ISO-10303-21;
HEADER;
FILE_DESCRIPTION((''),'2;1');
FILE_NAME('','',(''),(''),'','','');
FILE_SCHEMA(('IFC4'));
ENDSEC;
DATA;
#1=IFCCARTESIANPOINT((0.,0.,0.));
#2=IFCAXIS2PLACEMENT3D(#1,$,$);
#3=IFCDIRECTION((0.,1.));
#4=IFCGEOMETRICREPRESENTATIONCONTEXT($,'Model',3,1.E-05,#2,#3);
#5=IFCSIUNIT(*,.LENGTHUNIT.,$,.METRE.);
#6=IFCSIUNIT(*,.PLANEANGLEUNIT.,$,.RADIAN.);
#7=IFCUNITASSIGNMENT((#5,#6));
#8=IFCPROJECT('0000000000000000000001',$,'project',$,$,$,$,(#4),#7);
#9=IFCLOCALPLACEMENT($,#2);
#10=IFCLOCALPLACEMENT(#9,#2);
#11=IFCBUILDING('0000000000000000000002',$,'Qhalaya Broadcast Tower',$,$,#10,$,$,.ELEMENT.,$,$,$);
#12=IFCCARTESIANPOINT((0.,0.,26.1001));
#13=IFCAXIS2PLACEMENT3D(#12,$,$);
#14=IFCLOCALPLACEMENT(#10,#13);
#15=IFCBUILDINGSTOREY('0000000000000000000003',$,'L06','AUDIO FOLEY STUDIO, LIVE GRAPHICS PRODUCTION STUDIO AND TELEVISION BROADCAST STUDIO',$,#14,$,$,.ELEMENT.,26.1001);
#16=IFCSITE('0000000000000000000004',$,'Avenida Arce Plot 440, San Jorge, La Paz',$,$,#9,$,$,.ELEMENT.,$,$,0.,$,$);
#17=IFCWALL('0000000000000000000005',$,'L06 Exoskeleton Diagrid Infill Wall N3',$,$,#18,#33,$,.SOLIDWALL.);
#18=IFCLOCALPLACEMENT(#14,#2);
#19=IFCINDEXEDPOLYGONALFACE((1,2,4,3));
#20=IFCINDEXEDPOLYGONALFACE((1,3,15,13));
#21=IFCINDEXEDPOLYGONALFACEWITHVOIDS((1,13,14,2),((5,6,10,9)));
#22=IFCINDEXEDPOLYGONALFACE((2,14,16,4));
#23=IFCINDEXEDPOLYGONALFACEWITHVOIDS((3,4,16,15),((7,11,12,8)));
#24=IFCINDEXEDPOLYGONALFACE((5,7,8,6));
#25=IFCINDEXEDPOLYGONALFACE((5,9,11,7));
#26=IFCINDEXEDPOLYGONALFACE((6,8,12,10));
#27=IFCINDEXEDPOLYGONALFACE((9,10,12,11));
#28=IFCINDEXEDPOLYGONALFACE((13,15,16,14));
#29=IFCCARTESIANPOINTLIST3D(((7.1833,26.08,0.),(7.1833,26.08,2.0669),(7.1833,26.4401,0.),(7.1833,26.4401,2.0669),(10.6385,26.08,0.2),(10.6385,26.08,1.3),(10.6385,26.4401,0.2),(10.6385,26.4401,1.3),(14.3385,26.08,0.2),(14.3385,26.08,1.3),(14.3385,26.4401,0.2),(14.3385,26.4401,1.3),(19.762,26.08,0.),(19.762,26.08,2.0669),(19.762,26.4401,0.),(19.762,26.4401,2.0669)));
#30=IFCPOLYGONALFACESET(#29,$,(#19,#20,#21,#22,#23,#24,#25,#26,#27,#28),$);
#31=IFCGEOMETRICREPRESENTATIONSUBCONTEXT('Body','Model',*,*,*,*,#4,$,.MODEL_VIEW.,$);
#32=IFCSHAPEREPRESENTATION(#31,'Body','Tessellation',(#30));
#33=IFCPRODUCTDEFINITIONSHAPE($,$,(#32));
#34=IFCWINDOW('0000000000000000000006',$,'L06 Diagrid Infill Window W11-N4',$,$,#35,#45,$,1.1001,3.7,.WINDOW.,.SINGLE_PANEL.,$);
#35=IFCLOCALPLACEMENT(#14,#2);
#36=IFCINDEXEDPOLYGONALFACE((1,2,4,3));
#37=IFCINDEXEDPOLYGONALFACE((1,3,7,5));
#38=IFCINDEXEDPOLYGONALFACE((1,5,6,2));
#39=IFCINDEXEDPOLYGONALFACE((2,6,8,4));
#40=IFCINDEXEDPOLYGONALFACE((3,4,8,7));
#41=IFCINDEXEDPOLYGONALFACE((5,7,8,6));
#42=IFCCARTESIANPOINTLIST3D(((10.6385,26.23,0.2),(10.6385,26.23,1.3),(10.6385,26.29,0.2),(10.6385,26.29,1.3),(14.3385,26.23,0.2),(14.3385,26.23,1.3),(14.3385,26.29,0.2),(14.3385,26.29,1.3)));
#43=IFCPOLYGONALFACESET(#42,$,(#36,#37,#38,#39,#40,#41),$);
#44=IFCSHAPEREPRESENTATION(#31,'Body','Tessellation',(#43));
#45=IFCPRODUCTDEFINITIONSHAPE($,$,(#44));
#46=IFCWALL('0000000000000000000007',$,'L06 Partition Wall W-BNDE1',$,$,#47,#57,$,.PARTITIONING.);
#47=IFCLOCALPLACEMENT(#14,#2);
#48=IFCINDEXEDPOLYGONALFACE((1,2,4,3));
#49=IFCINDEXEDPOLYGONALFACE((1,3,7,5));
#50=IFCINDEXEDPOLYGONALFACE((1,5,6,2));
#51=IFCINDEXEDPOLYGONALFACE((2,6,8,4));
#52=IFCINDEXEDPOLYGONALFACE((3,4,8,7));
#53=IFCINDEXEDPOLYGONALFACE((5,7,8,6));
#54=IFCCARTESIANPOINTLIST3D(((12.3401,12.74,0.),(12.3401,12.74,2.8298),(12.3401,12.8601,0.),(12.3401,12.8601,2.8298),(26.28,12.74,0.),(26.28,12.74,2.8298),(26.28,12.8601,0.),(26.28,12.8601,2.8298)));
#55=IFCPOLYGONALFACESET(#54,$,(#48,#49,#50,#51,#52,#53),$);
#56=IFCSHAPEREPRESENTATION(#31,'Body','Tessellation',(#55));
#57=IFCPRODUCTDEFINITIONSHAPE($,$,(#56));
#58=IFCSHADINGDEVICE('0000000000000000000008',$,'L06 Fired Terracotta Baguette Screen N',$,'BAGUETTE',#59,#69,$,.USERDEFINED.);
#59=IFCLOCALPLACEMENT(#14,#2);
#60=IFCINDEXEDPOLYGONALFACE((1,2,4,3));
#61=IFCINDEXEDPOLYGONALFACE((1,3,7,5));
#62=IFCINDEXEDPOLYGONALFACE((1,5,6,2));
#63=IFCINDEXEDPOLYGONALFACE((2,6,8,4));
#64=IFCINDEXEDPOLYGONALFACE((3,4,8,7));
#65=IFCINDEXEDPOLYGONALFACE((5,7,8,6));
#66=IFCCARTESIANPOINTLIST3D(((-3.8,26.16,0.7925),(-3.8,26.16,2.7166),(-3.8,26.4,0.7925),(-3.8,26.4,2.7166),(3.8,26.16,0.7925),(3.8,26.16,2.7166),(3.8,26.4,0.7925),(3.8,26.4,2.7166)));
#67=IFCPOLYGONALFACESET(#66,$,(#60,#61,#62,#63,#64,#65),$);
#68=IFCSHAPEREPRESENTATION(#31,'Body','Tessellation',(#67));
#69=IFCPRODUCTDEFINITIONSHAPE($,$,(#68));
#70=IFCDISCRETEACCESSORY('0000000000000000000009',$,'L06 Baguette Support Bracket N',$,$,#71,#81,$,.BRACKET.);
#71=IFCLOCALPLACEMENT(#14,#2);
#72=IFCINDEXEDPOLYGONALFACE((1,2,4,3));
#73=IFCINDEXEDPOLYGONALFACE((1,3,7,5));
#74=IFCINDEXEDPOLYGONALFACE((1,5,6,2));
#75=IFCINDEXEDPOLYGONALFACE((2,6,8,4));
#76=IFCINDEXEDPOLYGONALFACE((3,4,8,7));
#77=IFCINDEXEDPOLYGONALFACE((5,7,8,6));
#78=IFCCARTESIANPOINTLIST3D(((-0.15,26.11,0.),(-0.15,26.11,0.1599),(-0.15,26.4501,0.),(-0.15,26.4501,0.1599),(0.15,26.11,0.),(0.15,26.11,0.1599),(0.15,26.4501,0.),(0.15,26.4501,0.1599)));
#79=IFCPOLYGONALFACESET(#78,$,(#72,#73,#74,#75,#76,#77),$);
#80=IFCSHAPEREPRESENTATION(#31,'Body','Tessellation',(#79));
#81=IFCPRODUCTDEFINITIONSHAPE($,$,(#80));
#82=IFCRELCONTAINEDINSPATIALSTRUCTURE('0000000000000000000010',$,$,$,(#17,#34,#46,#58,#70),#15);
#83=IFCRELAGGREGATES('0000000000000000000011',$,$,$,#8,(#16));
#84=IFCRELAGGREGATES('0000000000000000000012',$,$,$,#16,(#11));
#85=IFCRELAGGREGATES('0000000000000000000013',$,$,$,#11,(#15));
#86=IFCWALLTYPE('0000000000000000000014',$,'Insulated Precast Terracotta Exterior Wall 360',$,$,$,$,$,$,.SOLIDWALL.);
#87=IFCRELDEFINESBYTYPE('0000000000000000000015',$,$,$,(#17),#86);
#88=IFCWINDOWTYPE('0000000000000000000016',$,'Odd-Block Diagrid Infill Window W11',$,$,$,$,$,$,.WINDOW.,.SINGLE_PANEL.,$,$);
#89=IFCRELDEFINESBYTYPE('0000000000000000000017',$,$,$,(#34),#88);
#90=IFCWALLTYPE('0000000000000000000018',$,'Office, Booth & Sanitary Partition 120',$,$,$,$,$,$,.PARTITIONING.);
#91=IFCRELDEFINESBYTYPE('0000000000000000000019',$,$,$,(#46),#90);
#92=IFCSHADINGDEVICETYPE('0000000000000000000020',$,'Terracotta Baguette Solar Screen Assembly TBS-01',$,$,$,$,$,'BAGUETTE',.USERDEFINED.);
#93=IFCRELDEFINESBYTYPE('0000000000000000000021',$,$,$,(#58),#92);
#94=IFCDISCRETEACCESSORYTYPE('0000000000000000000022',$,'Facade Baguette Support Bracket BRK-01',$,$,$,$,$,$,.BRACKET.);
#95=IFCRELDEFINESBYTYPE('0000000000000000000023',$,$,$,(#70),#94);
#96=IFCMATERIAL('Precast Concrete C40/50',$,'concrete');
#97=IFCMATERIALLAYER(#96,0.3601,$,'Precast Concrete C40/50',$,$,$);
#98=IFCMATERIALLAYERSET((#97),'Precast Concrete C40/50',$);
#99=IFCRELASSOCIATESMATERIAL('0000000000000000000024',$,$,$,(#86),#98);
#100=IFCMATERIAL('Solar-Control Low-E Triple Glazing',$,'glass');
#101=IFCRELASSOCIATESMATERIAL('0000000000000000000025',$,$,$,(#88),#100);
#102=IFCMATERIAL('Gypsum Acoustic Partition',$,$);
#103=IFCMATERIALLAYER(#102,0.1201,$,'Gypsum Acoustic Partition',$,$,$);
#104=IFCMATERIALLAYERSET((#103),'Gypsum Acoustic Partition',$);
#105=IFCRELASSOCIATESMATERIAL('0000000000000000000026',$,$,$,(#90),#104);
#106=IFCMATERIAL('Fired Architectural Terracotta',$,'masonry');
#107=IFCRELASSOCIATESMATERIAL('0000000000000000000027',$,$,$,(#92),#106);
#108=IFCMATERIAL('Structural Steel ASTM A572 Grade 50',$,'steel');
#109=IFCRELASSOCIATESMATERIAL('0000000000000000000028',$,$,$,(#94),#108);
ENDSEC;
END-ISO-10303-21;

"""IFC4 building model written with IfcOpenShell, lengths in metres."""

from ifc_helpers import new_model, si_unit, direction, frame, frame_2d, origin, origin_2d, place, context, subcontext, project, spatial, rectangle, extrude, material, layer, layer_set, type_object, element, fill, save


model = new_model("IFC4")

# Units and contexts
model_context = context("Model", 3, precision=1e-05, world=origin(), true_north=direction((0.0, 1.0)))
body_context = subcontext(model_context, "Body", "Model", "MODEL_VIEW")
ifc_project = project(units=[si_unit("LENGTHUNIT", "METRE"), si_unit("PLANEANGLEUNIT", "RADIAN")], contexts=[model_context])

# Site, building, storey
site_placement = place(None, origin())
site = spatial("IfcSite", under=ifc_project, at=site_placement, Name="Avenida Arce Plot 440, San Jorge, La Paz", CompositionType="ELEMENT", RefElevation=0.0)
building_placement = place(site_placement, origin())
building = spatial("IfcBuilding", under=site, at=building_placement, Name="Qhalaya Broadcast Tower", CompositionType="ELEMENT")
storey_placement = place(building_placement, frame((0.0, 0.0, 26.1001)))
storey = spatial("IfcBuildingStorey", under=building, at=storey_placement, Name="L06", Description="AUDIO FOLEY STUDIO, LIVE GRAPHICS PRODUCTION STUDIO AND TELEVISION BROADCAST STUDIO", CompositionType="ELEMENT", Elevation=26.1001)

# Shared definitions
ifc_material_1 = material(Name="Structural Steel ASTM A572 Grade 50", Category="steel")

# Wall, opening, window
ifc_material_2 = material(Name="Precast Concrete C40/50", Category="concrete")
ifc_layer_1 = layer(ifc_material_2, 0.3601, Name="Precast Concrete C40/50")
ifc_layer_set_1 = layer_set([ifc_layer_1], Name="Precast Concrete C40/50")
wall_type_1 = type_object("IfcWallType", Name="Insulated Precast Terracotta Exterior Wall 360", PredefinedType="SOLIDWALL", material=ifc_layer_set_1)
wall_1_placement = place(storey_placement, frame((7.1833, 26.26, 0.0), z_axis=(0.0, 0.0, 1.0), x_axis=(1.0, 0.0, 0.0)))
wall_1 = element("IfcWall", 1, at=wall_1_placement, inside=storey, type_object=wall_type_1, Name="L06 Exoskeleton Diagrid Infill Wall N3", PredefinedType="SOLIDWALL", context=body_context, shape_type="SweptSolid", body=[
    extrude(rectangle(XDim=12.5786, YDim=0.3601, at=frame_2d((6.2893, 0.0))), origin(), (0.0, 0.0, 1.0), 2.0669),
])
opening_placement = place(wall_1_placement, frame((3.4551, 0.0, 0.2)))
opening = element("IfcOpeningElement", 2, at=opening_placement, cuts=wall_1, PredefinedType="OPENING", context=body_context, shape_type="SweptSolid", body=[
    extrude(rectangle(XDim=3.7, YDim=1.1001, at=frame_2d((1.8501, 0.55))), frame((0.0, 0.1921, 0.0), z_axis=(0.0, -1.0, 0.0), x_axis=(1.0, 0.0, 0.0)), (0.0, 0.0, 1.0), 0.384),
])
ifc_material_3 = material(Name="Solar-Control Low-E Triple Glazing", Category="glass")
window_type = type_object("IfcWindowType", Name="Odd-Block Diagrid Infill Window W11", PartitioningType="SINGLE_PANEL", PredefinedType="WINDOW", material=ifc_material_3)
window_placement = place(opening_placement, origin())
window = element("IfcWindow", 3, at=window_placement, inside=storey, type_object=window_type, Name="L06 Diagrid Infill Window W11-N4", OverallHeight=1.1001, OverallWidth=3.7, PartitioningType="SINGLE_PANEL", PredefinedType="WINDOW", context=body_context, shape_type="SweptSolid", body=[
    extrude(rectangle(XDim=3.7, YDim=1.1001, at=frame_2d((1.8501, 0.55))), frame((0.0, 0.03, 0.0), z_axis=(0.0, -1.0, 0.0), x_axis=(1.0, 0.0, 0.0)), (0.0, 0.0, 1.0), 0.0601),
])
fill(opening, window)

# Wall
ifc_material_4 = material(Name="Gypsum Acoustic Partition")
ifc_layer_2 = layer(ifc_material_4, 0.1201, Name="Gypsum Acoustic Partition")
ifc_layer_set_2 = layer_set([ifc_layer_2], Name="Gypsum Acoustic Partition")
wall_type_2 = type_object("IfcWallType", Name="Office, Booth & Sanitary Partition 120", PredefinedType="PARTITIONING", material=ifc_layer_set_2)
wall_2_placement = place(storey_placement, frame((12.3401, 12.8, 0.0), z_axis=(0.0, 0.0, 1.0), x_axis=(1.0, 0.0, 0.0)))
element("IfcWall", 4, at=wall_2_placement, inside=storey, type_object=wall_type_2, Name="L06 Partition Wall W-BNDE1", PredefinedType="PARTITIONING", context=body_context, shape_type="SweptSolid", body=[
    extrude(rectangle(XDim=13.9399, YDim=0.1201, at=frame_2d((6.97, 0.0))), origin(), (0.0, 0.0, 1.0), 2.8298),
])

# Shading device
ifc_material_5 = material(Name="Fired Architectural Terracotta", Category="masonry")
shading_device_type = type_object("IfcShadingDeviceType", Name="Terracotta Baguette Solar Screen Assembly TBS-01", ElementType="BAGUETTE", PredefinedType="USERDEFINED", material=ifc_material_5)
shading_device_placement = place(storey_placement, frame((0.0, 26.28, 0.7925), z_axis=(0.0, 0.0, 1.0), x_axis=(-1.0, 0.0, 0.0)))
element("IfcShadingDevice", 5, at=shading_device_placement, inside=storey, type_object=shading_device_type, Name="L06 Fired Terracotta Baguette Screen N", ObjectType="BAGUETTE", PredefinedType="USERDEFINED", context=body_context, shape_type="SweptSolid", body=[
    extrude(rectangle(XDim=7.6001, YDim=0.24, at=origin_2d()), origin(), (0.0, 0.0, 1.0), 1.9241),
])

# Discrete accessory
discrete_accessory_type = type_object("IfcDiscreteAccessoryType", Name="Facade Baguette Support Bracket BRK-01", PredefinedType="BRACKET", material=ifc_material_1)
discrete_accessory_placement = place(storey_placement, frame((0.0, 26.28, 0.0), z_axis=(0.0, 0.0, 1.0), x_axis=(-1.0, 0.0, 0.0)))
element("IfcDiscreteAccessory", 6, at=discrete_accessory_placement, inside=storey, type_object=discrete_accessory_type, Name="L06 Baguette Support Bracket N", PredefinedType="BRACKET", context=body_context, shape_type="SweptSolid", body=[
    extrude(rectangle(XDim=0.3, YDim=0.3401, at=origin_2d()), origin(), (0.0, 0.0, 1.0), 0.1599),
])

save(model, "model.ifc")
